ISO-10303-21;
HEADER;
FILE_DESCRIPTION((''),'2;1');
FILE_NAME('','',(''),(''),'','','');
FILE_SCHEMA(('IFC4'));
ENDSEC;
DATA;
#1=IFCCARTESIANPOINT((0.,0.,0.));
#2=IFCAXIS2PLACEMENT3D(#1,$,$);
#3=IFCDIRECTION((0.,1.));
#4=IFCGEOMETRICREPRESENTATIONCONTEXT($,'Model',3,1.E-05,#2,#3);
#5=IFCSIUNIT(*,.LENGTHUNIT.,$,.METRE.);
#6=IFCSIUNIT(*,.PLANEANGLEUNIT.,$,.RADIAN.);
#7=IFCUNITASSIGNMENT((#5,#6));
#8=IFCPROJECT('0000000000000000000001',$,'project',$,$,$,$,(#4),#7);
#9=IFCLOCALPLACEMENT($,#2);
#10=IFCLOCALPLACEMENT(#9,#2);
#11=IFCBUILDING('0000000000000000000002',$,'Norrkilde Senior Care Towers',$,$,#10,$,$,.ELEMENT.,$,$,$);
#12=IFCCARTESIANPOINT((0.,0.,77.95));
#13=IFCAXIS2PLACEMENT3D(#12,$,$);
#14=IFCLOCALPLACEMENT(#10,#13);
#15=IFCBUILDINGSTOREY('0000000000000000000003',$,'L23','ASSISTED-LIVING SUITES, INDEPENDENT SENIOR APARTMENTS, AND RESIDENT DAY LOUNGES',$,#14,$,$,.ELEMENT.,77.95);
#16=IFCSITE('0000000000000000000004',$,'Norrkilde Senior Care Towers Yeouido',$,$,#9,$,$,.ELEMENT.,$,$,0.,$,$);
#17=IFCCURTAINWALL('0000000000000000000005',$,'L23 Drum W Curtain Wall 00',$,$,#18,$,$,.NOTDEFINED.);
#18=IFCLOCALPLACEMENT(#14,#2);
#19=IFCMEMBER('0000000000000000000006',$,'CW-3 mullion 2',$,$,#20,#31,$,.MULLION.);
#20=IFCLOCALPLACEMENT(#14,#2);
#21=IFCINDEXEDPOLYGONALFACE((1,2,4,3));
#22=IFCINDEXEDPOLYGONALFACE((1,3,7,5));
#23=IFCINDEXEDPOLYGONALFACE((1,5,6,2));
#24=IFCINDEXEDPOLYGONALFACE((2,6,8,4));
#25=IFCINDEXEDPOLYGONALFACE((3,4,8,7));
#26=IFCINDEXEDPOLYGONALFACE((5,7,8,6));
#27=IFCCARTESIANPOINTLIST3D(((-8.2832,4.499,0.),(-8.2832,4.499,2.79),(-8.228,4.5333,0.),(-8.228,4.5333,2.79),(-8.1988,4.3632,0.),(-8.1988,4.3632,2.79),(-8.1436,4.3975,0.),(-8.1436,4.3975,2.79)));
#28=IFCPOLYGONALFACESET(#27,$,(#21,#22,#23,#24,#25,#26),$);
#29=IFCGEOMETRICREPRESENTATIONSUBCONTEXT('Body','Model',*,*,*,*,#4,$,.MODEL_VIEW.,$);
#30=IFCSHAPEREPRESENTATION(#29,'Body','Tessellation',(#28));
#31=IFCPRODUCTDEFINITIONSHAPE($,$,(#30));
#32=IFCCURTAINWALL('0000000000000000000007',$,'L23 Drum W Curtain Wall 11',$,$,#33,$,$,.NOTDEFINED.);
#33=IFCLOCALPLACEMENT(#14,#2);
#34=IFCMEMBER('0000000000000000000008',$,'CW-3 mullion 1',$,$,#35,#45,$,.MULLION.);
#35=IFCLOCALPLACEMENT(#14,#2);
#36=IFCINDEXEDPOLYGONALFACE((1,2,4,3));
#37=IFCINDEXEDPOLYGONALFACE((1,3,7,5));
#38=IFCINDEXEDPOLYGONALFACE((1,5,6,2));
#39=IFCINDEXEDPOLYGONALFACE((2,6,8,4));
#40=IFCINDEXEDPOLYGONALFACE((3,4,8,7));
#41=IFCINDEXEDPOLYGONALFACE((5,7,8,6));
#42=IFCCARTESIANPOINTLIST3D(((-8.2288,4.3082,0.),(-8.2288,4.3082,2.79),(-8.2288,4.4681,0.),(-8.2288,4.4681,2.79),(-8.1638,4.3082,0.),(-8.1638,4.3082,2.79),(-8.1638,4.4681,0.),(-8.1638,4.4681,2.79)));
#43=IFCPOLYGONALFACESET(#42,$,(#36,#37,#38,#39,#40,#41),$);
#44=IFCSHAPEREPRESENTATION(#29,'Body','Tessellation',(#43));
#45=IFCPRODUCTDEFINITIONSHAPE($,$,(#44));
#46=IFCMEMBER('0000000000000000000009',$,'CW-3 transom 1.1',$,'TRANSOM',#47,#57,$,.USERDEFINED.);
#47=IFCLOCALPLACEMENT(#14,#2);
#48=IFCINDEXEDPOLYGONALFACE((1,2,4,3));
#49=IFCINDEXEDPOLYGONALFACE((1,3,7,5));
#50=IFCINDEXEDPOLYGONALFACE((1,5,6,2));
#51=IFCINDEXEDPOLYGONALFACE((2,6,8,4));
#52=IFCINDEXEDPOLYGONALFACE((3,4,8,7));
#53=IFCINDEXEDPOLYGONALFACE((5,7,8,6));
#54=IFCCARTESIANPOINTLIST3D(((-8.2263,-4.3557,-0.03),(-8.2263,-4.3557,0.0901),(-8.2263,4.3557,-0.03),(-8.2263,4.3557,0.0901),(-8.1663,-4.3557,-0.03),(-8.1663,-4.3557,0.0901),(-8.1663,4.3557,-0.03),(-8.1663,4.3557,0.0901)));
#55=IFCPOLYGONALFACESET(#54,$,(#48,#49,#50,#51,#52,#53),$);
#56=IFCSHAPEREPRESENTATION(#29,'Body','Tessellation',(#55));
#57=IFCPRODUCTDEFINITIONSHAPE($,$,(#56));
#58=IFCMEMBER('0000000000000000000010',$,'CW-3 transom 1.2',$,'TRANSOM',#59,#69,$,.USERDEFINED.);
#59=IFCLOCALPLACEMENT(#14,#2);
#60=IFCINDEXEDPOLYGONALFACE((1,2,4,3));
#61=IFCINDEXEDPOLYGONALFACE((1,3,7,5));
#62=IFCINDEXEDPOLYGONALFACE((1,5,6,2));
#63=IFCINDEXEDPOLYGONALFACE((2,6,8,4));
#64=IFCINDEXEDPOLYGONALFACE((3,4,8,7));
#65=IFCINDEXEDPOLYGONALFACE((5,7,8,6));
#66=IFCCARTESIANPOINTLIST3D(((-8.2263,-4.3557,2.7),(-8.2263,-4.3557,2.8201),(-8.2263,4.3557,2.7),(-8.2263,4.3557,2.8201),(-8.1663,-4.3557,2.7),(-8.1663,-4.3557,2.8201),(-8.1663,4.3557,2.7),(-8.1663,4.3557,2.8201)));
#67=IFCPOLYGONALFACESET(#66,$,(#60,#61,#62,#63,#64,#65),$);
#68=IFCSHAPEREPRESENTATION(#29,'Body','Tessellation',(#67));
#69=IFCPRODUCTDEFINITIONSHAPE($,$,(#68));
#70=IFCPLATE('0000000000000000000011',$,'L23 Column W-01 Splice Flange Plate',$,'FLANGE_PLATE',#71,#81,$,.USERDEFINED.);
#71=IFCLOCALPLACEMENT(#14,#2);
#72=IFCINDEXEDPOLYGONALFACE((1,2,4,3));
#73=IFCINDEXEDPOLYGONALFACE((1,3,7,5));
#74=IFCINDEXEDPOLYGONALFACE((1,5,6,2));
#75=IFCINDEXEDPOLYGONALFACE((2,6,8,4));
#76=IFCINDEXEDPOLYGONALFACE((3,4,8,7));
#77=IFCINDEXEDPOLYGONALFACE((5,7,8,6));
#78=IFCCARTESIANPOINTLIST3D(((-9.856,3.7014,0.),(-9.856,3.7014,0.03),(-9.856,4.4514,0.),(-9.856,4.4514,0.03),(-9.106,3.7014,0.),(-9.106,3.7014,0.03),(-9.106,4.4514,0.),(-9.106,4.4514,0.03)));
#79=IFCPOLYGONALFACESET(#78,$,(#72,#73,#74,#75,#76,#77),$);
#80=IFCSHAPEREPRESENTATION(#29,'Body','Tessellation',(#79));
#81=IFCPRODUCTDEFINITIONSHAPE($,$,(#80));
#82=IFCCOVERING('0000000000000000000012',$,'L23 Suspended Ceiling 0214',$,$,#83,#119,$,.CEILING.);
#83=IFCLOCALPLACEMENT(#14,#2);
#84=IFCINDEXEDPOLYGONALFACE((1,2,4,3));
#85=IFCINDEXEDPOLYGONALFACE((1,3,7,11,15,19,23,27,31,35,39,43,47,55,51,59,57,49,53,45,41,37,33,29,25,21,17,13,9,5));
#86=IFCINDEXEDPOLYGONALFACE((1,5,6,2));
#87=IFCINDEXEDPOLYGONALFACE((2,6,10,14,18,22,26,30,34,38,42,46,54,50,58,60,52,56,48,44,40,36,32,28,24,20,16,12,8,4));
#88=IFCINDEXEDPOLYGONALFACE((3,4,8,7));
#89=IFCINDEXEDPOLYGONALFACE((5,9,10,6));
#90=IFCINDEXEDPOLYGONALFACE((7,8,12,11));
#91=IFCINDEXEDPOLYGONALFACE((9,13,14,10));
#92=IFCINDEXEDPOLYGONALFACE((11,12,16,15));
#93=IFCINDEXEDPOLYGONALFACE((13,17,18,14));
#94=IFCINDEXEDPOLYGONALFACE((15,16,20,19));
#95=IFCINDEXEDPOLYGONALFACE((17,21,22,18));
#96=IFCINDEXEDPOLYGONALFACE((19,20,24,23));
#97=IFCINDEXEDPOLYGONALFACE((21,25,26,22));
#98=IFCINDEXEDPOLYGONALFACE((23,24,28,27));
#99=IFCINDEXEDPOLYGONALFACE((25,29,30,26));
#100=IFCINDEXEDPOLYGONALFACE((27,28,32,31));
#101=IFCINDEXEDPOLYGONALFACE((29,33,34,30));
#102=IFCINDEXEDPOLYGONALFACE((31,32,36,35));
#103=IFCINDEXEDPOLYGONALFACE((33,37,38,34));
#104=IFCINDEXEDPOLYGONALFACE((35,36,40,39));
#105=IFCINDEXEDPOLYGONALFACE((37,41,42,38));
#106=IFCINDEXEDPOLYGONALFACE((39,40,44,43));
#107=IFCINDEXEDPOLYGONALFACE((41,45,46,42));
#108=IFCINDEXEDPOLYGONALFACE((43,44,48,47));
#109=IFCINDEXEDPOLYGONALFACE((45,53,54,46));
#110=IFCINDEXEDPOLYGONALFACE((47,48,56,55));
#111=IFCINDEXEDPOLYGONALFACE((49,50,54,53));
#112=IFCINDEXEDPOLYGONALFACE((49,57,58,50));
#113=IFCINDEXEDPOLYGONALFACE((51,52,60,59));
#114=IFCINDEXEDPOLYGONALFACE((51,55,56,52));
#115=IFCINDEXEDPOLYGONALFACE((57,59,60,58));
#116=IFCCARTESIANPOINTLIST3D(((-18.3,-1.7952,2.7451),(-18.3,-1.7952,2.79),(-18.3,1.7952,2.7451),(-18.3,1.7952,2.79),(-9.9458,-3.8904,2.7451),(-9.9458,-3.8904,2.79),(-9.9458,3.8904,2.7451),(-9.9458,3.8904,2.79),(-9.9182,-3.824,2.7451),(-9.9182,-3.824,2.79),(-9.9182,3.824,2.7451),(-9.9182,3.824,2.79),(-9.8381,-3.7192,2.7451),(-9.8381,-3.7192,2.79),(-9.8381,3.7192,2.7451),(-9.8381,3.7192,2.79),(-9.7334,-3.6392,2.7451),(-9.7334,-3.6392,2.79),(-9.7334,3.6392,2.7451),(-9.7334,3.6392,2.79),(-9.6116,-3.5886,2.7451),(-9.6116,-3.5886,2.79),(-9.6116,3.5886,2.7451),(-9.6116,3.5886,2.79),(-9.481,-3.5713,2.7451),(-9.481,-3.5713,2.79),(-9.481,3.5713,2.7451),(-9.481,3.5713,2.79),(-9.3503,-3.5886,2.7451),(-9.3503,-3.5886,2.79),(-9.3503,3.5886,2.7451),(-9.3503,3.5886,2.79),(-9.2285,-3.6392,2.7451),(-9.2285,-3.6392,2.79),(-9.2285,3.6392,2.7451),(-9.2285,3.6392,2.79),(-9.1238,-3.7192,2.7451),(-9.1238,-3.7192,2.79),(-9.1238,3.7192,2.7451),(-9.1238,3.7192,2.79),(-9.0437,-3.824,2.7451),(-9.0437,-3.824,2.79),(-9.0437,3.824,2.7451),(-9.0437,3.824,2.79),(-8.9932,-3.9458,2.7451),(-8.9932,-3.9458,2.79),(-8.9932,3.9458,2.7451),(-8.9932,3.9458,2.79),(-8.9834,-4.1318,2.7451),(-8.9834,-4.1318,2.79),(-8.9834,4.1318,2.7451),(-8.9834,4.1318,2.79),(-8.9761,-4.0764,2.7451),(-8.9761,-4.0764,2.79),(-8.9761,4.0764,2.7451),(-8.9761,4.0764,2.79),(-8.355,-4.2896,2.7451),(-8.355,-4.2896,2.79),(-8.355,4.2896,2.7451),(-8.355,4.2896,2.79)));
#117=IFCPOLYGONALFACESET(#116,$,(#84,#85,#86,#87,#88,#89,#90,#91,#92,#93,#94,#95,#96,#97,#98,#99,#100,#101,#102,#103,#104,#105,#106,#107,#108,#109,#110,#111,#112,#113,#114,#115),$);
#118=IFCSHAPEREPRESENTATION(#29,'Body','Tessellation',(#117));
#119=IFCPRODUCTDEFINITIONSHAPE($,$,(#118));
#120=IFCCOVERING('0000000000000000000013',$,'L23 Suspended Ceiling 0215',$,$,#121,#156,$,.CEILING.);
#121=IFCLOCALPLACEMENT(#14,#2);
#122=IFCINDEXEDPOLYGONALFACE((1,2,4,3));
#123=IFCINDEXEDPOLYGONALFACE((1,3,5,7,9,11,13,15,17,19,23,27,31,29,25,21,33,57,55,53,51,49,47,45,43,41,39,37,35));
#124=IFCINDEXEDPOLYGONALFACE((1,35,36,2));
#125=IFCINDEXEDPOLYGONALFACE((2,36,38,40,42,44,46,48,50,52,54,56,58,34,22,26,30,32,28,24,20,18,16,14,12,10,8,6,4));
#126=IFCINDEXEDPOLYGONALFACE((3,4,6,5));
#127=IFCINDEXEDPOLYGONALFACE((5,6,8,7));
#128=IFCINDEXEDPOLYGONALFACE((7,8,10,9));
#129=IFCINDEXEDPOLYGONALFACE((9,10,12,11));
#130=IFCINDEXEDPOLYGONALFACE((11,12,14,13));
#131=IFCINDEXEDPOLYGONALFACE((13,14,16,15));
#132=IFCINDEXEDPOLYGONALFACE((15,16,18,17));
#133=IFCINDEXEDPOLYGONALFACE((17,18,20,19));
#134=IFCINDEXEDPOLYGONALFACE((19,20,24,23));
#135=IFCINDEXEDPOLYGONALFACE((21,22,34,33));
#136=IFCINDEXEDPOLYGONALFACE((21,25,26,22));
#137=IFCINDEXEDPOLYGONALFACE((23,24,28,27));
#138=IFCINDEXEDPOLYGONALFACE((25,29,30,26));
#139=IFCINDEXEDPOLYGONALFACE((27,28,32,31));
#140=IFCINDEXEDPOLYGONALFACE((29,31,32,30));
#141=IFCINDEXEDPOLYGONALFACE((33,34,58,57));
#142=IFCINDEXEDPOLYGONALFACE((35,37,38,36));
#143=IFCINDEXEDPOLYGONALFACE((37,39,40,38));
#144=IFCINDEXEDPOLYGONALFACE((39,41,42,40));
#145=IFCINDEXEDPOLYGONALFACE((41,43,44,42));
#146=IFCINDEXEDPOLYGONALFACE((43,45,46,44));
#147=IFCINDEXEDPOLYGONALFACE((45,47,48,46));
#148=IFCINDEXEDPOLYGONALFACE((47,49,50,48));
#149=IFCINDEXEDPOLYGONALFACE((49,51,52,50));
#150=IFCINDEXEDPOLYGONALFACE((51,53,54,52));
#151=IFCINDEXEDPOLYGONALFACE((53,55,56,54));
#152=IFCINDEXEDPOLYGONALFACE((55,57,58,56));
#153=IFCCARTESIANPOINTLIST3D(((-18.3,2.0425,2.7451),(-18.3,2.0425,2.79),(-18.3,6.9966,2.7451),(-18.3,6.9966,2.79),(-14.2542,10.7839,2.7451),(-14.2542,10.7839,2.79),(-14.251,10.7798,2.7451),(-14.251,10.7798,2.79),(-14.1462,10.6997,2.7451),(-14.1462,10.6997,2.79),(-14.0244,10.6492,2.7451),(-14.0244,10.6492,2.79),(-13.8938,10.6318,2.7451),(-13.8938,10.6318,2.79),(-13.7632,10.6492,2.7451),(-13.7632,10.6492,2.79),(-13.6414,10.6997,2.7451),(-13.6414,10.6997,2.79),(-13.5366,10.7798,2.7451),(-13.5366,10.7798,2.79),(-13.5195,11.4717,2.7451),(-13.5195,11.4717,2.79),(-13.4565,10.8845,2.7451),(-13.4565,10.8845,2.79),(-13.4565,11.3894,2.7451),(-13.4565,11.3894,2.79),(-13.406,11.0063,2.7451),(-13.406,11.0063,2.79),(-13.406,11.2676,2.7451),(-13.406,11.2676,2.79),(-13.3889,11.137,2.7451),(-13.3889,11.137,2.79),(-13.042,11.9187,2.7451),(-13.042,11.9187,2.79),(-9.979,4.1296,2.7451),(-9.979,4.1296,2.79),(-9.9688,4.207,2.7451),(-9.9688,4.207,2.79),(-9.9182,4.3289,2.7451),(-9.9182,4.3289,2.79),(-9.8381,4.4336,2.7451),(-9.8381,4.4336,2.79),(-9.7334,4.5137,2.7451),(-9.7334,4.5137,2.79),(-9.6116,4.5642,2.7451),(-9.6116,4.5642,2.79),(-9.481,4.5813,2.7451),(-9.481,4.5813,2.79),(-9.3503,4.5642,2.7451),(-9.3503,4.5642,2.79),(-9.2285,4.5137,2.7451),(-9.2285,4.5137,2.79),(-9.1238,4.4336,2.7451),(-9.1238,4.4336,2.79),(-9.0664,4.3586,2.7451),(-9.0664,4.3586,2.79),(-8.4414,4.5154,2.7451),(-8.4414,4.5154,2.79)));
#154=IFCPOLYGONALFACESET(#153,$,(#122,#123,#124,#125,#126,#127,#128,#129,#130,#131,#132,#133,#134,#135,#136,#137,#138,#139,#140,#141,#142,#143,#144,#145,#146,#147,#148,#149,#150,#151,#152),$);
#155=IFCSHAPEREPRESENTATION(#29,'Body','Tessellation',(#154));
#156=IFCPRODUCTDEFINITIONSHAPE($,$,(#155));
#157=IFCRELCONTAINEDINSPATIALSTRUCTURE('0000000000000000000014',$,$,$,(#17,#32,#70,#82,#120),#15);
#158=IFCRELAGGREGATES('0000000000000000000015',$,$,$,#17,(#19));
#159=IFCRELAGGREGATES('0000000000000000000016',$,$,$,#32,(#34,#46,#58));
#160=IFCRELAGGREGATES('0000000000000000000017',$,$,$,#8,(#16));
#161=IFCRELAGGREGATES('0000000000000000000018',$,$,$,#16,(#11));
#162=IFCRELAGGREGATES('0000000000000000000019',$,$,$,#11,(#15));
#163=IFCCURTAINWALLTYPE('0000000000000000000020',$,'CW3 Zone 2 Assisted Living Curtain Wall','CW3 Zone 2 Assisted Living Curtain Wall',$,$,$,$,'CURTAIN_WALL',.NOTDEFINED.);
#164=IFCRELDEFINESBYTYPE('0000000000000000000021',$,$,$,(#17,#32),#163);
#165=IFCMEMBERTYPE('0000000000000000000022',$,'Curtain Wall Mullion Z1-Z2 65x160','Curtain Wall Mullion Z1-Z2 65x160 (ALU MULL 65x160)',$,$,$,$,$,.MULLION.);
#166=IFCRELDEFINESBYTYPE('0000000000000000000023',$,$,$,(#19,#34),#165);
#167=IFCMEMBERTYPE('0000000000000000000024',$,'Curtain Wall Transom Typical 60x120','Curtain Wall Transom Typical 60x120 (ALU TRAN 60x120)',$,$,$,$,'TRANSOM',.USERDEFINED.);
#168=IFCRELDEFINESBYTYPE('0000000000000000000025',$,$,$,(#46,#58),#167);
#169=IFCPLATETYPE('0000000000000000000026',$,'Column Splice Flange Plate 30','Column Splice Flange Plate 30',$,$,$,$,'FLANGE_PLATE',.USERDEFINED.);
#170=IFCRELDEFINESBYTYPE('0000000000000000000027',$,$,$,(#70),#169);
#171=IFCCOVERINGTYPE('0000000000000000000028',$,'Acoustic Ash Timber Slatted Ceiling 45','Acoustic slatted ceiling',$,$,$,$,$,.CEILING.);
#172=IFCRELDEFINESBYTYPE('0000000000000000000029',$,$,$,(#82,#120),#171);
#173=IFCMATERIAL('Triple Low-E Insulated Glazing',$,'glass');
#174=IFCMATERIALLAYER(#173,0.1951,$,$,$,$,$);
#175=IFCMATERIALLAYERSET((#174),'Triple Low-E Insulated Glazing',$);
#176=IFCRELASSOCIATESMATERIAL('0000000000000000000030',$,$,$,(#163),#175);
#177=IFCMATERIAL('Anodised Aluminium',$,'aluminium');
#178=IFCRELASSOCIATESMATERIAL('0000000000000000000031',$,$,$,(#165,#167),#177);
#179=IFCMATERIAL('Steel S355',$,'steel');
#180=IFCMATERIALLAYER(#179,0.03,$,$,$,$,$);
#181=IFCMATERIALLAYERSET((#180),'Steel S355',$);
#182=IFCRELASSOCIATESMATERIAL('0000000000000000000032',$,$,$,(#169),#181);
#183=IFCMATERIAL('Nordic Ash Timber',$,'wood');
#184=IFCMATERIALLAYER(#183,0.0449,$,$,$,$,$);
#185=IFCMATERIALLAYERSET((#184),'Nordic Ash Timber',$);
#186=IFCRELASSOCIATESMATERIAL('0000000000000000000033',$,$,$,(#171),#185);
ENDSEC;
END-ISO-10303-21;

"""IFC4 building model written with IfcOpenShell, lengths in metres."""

from ifc_helpers import new_model, si_unit, direction, frame, origin, origin_2d, place, context, subcontext, project, spatial, polyline, rectangle, outline, extrude, source, transform, mapped, material, layer, layer_set, material_profile, profile_set, type_object, type_shapes, element, aggregate, save


model = new_model("IFC4")

# Units and contexts
model_context = context("Model", 3, precision=1e-05, world=origin(), true_north=direction((0.0, 1.0)))
body_context = subcontext(model_context, "Body", "Model", "MODEL_VIEW")
ifc_project = project(units=[si_unit("LENGTHUNIT", "METRE"), si_unit("PLANEANGLEUNIT", "RADIAN")], contexts=[model_context])

# Site, building, storey
site_placement = place(None, origin())
site = spatial("IfcSite", under=ifc_project, at=site_placement, Name="Norrkilde Senior Care Towers Yeouido", CompositionType="ELEMENT", RefElevation=0.0)
building_placement = place(site_placement, origin())
building = spatial("IfcBuilding", under=site, at=building_placement, Name="Norrkilde Senior Care Towers", CompositionType="ELEMENT")
storey_placement = place(building_placement, frame((0.0, 0.0, 77.95)))
storey = spatial("IfcBuildingStorey", under=building, at=storey_placement, Name="L23", Description="ASSISTED-LIVING SUITES, INDEPENDENT SENIOR APARTMENTS, AND RESIDENT DAY LOUNGES", CompositionType="ELEMENT", Elevation=77.95)

# Curtain wall, member
ifc_material_1 = material(Name="Triple Low-E Insulated Glazing", Category="glass")
ifc_layer_1 = layer(ifc_material_1, 0.1951)
ifc_layer_set_1 = layer_set([ifc_layer_1], Name="Triple Low-E Insulated Glazing")
curtain_wall_type = type_object("IfcCurtainWallType", Name="CW3 Zone 2 Assisted Living Curtain Wall", Description="CW3 Zone 2 Assisted Living Curtain Wall", ElementType="CURTAIN_WALL", PredefinedType="NOTDEFINED", material=ifc_layer_set_1)
curtain_wall_1_placement = place(storey_placement, origin())
curtain_wall_1 = element("IfcCurtainWall", 1, at=curtain_wall_1_placement, inside=storey, type_object=curtain_wall_type, Name="L23 Drum W Curtain Wall 00", PredefinedType="NOTDEFINED")
ifc_material_2 = material(Name="Anodised Aluminium", Category="aluminium")
ifc_material_profile_1 = material_profile(ifc_material_2, rectangle(XDim=0.0649, YDim=0.1599, at=origin_2d()), Name="ALU MULL 65x160")
ifc_profile_set_1 = profile_set([ifc_material_profile_1], Name="Anodised Aluminium")
member_type_1 = type_object("IfcMemberType", Name="Curtain Wall Mullion Z1-Z2 65x160", Description="Curtain Wall Mullion Z1-Z2 65x160 (ALU MULL 65x160)", PredefinedType="MULLION", material=ifc_profile_set_1)
shared_shape_1 = source(origin(), body_context, "Body", "SweptSolid", [
    extrude(rectangle(XDim=0.0649, YDim=0.1599, at=origin_2d()), origin(), (0.0, 0.0, 1.0), 2.79),
])
type_shapes(member_type_1, [shared_shape_1])
member_1_placement = place(storey_placement, frame((-8.2134, 4.4482, 0.0), z_axis=(0.0, 0.0, 1.0), x_axis=(0.84941, 0.527733, 0.0)))
member_1 = element("IfcMember", 2, at=member_1_placement, type_object=member_type_1, Name="CW-3 mullion 2", PredefinedType="MULLION", context=body_context, shape_type="MappedRepresentation", body=[
    mapped(shared_shape_1, transform((0.0, 0.0, 0.0), x_axis=(1.0, 0.0, 0.0), y_axis=(0.0, 1.0, 0.0), z_axis=(0.0, 0.0, 1.0), scale=1.0)),
])
aggregate(curtain_wall_1, [member_1])

# Curtain wall, members
curtain_wall_2_placement = place(storey_placement, origin())
curtain_wall_2 = element("IfcCurtainWall", 3, at=curtain_wall_2_placement, inside=storey, type_object=curtain_wall_type, Name="L23 Drum W Curtain Wall 11", PredefinedType="NOTDEFINED")
member_2_placement = place(storey_placement, frame((-8.1963, 4.3882, 0.0), z_axis=(0.0, 0.0, 1.0), x_axis=(1.0, 0.0, 0.0)))
member_2 = element("IfcMember", 4, at=member_2_placement, type_object=member_type_1, Name="CW-3 mullion 1", PredefinedType="MULLION", context=body_context, shape_type="MappedRepresentation", body=[
    mapped(shared_shape_1, transform((0.0, 0.0, 0.0), x_axis=(1.0, 0.0, 0.0), y_axis=(0.0, 1.0, 0.0), z_axis=(0.0, 0.0, 1.0), scale=1.0)),
])
ifc_material_profile_2 = material_profile(ifc_material_2, rectangle(XDim=0.0601, YDim=0.1201, at=origin_2d()), Name="ALU TRAN 60x120")
ifc_profile_set_2 = profile_set([ifc_material_profile_2], Name="Anodised Aluminium")
member_type_2 = type_object("IfcMemberType", Name="Curtain Wall Transom Typical 60x120", Description="Curtain Wall Transom Typical 60x120 (ALU TRAN 60x120)", ElementType="TRANSOM", PredefinedType="USERDEFINED", material=ifc_profile_set_2)
shared_shape_2 = source(origin(), body_context, "Body", "SweptSolid", [
    extrude(rectangle(XDim=0.0601, YDim=0.1201, at=origin_2d()), origin(), (0.0, 0.0, 1.0), 8.7114),
])
type_shapes(member_type_2, [shared_shape_2])
member_3_placement = place(storey_placement, frame((-8.1963, 4.3557, 0.03), z_axis=(0.0, -1.0, 0.0), x_axis=(1.0, 0.0, 0.0)))
member_3 = element("IfcMember", 5, at=member_3_placement, type_object=member_type_2, Name="CW-3 transom 1.1", ObjectType="TRANSOM", PredefinedType="USERDEFINED", context=body_context, shape_type="MappedRepresentation", body=[
    mapped(shared_shape_2, transform((0.0, 0.0, 0.0), x_axis=(1.0, 0.0, 0.0), y_axis=(0.0, 1.0, 0.0), z_axis=(0.0, 0.0, 1.0), scale=1.0)),
])
member_4_placement = place(storey_placement, frame((-8.1963, 4.3557, 2.76), z_axis=(0.0, -1.0, 0.0), x_axis=(1.0, 0.0, 0.0)))
member_4 = element("IfcMember", 6, at=member_4_placement, type_object=member_type_2, Name="CW-3 transom 1.2", ObjectType="TRANSOM", PredefinedType="USERDEFINED", context=body_context, shape_type="MappedRepresentation", body=[
    mapped(shared_shape_2, transform((0.0, 0.0, 0.0), x_axis=(1.0, 0.0, 0.0), y_axis=(0.0, 1.0, 0.0), z_axis=(0.0, 0.0, 1.0), scale=1.0)),
])
aggregate(curtain_wall_2, [member_2, member_3, member_4])

# Plate
ifc_material_3 = material(Name="Steel S355", Category="steel")
ifc_layer_2 = layer(ifc_material_3, 0.03)
ifc_layer_set_2 = layer_set([ifc_layer_2], Name="Steel S355")
plate_type = type_object("IfcPlateType", Name="Column Splice Flange Plate 30", Description="Column Splice Flange Plate 30", ElementType="FLANGE_PLATE", PredefinedType="USERDEFINED", material=ifc_layer_set_2)
shared_shape_3 = source(origin(), body_context, "Body", "SweptSolid", [
    extrude(rectangle(XDim=0.75, YDim=0.75, at=origin_2d()), origin(), (0.0, 0.0, 1.0), 0.03),
])
type_shapes(plate_type, [shared_shape_3])
plate_placement = place(storey_placement, frame((-9.481, 4.0764, 0.0), z_axis=(0.0, 0.0, 1.0), x_axis=(1.0, 0.0, 0.0)))
element("IfcPlate", 7, at=plate_placement, inside=storey, type_object=plate_type, Name="L23 Column W-01 Splice Flange Plate", ObjectType="FLANGE_PLATE", PredefinedType="USERDEFINED", context=body_context, shape_type="MappedRepresentation", body=[
    mapped(shared_shape_3, transform((0.0, 0.0, 0.0), x_axis=(1.0, 0.0, 0.0), y_axis=(0.0, 1.0, 0.0), z_axis=(0.0, 0.0, 1.0), scale=1.0)),
])

# Coverings
ifc_material_4 = material(Name="Nordic Ash Timber", Category="wood")
ifc_layer_3 = layer(ifc_material_4, 0.0449)
ifc_layer_set_3 = layer_set([ifc_layer_3], Name="Nordic Ash Timber")
covering_type_1 = type_object("IfcCoveringType", Name="Acoustic Ash Timber Slatted Ceiling 45", Description="Acoustic slatted ceiling", PredefinedType="CEILING", material=ifc_layer_set_3)
covering_1_placement = place(storey_placement, frame((0.0, 0.0, 2.7451)))
element("IfcCovering", 8, at=covering_1_placement, inside=storey, type_object=covering_type_1, Name="L23 Suspended Ceiling 0214", PredefinedType="CEILING", context=body_context, shape_type="SweptSolid", body=[
    extrude(outline(polyline([(-9.9182, 3.824), (-9.8381, 3.7192), (-9.7334, 3.6392), (-9.6116, 3.5886), (-9.481, 3.5713), (-9.3503, 3.5886), (-9.2285, 3.6392), (-9.1238, 3.7192), (-9.0437, 3.824), (-8.9932, 3.9458), (-8.9761, 4.0764), (-8.9834, 4.1318), (-8.355, 4.2896), (-8.355, -4.2896), (-8.9834, -4.1318), (-8.9761, -4.0764), (-8.9932, -3.9458), (-9.0437, -3.824), (-9.1238, -3.7192), (-9.2285, -3.6392), (-9.3503, -3.5886), (-9.481, -3.5713), (-9.6116, -3.5886), (-9.7334, -3.6392), (-9.8381, -3.7192), (-9.9182, -3.824), (-9.9458, -3.8904), (-18.3, -1.7952), (-18.3, 1.7952), (-9.9458, 3.8904), (-9.9182, 3.824)])), origin(), (0.0, 0.0, 1.0), 0.0449),
])
covering_2_placement = place(storey_placement, frame((0.0, 0.0, 2.7451)))
element("IfcCovering", 9, at=covering_2_placement, inside=storey, type_object=covering_type_1, Name="L23 Suspended Ceiling 0215", PredefinedType="CEILING", context=body_context, shape_type="SweptSolid", body=[
    extrude(outline(polyline([(-8.4414, 4.5154), (-9.0664, 4.3586), (-9.1238, 4.4336), (-9.2285, 4.5137), (-9.3503, 4.5642), (-9.481, 4.5813), (-9.6116, 4.5642), (-9.7334, 4.5137), (-9.8381, 4.4336), (-9.9182, 4.3289), (-9.9688, 4.207), (-9.979, 4.1296), (-18.3, 2.0425), (-18.3, 6.9966), (-14.2542, 10.7839), (-14.251, 10.7798), (-14.1462, 10.6997), (-14.0244, 10.6492), (-13.8938, 10.6318), (-13.7632, 10.6492), (-13.6414, 10.6997), (-13.5366, 10.7798), (-13.4565, 10.8845), (-13.406, 11.0063), (-13.3889, 11.137), (-13.406, 11.2676), (-13.4565, 11.3894), (-13.5195, 11.4717), (-13.042, 11.9187), (-8.4414, 4.5154)])), origin(), (0.0, 0.0, 1.0), 0.0449),
])

save(model, "model.ifc")
